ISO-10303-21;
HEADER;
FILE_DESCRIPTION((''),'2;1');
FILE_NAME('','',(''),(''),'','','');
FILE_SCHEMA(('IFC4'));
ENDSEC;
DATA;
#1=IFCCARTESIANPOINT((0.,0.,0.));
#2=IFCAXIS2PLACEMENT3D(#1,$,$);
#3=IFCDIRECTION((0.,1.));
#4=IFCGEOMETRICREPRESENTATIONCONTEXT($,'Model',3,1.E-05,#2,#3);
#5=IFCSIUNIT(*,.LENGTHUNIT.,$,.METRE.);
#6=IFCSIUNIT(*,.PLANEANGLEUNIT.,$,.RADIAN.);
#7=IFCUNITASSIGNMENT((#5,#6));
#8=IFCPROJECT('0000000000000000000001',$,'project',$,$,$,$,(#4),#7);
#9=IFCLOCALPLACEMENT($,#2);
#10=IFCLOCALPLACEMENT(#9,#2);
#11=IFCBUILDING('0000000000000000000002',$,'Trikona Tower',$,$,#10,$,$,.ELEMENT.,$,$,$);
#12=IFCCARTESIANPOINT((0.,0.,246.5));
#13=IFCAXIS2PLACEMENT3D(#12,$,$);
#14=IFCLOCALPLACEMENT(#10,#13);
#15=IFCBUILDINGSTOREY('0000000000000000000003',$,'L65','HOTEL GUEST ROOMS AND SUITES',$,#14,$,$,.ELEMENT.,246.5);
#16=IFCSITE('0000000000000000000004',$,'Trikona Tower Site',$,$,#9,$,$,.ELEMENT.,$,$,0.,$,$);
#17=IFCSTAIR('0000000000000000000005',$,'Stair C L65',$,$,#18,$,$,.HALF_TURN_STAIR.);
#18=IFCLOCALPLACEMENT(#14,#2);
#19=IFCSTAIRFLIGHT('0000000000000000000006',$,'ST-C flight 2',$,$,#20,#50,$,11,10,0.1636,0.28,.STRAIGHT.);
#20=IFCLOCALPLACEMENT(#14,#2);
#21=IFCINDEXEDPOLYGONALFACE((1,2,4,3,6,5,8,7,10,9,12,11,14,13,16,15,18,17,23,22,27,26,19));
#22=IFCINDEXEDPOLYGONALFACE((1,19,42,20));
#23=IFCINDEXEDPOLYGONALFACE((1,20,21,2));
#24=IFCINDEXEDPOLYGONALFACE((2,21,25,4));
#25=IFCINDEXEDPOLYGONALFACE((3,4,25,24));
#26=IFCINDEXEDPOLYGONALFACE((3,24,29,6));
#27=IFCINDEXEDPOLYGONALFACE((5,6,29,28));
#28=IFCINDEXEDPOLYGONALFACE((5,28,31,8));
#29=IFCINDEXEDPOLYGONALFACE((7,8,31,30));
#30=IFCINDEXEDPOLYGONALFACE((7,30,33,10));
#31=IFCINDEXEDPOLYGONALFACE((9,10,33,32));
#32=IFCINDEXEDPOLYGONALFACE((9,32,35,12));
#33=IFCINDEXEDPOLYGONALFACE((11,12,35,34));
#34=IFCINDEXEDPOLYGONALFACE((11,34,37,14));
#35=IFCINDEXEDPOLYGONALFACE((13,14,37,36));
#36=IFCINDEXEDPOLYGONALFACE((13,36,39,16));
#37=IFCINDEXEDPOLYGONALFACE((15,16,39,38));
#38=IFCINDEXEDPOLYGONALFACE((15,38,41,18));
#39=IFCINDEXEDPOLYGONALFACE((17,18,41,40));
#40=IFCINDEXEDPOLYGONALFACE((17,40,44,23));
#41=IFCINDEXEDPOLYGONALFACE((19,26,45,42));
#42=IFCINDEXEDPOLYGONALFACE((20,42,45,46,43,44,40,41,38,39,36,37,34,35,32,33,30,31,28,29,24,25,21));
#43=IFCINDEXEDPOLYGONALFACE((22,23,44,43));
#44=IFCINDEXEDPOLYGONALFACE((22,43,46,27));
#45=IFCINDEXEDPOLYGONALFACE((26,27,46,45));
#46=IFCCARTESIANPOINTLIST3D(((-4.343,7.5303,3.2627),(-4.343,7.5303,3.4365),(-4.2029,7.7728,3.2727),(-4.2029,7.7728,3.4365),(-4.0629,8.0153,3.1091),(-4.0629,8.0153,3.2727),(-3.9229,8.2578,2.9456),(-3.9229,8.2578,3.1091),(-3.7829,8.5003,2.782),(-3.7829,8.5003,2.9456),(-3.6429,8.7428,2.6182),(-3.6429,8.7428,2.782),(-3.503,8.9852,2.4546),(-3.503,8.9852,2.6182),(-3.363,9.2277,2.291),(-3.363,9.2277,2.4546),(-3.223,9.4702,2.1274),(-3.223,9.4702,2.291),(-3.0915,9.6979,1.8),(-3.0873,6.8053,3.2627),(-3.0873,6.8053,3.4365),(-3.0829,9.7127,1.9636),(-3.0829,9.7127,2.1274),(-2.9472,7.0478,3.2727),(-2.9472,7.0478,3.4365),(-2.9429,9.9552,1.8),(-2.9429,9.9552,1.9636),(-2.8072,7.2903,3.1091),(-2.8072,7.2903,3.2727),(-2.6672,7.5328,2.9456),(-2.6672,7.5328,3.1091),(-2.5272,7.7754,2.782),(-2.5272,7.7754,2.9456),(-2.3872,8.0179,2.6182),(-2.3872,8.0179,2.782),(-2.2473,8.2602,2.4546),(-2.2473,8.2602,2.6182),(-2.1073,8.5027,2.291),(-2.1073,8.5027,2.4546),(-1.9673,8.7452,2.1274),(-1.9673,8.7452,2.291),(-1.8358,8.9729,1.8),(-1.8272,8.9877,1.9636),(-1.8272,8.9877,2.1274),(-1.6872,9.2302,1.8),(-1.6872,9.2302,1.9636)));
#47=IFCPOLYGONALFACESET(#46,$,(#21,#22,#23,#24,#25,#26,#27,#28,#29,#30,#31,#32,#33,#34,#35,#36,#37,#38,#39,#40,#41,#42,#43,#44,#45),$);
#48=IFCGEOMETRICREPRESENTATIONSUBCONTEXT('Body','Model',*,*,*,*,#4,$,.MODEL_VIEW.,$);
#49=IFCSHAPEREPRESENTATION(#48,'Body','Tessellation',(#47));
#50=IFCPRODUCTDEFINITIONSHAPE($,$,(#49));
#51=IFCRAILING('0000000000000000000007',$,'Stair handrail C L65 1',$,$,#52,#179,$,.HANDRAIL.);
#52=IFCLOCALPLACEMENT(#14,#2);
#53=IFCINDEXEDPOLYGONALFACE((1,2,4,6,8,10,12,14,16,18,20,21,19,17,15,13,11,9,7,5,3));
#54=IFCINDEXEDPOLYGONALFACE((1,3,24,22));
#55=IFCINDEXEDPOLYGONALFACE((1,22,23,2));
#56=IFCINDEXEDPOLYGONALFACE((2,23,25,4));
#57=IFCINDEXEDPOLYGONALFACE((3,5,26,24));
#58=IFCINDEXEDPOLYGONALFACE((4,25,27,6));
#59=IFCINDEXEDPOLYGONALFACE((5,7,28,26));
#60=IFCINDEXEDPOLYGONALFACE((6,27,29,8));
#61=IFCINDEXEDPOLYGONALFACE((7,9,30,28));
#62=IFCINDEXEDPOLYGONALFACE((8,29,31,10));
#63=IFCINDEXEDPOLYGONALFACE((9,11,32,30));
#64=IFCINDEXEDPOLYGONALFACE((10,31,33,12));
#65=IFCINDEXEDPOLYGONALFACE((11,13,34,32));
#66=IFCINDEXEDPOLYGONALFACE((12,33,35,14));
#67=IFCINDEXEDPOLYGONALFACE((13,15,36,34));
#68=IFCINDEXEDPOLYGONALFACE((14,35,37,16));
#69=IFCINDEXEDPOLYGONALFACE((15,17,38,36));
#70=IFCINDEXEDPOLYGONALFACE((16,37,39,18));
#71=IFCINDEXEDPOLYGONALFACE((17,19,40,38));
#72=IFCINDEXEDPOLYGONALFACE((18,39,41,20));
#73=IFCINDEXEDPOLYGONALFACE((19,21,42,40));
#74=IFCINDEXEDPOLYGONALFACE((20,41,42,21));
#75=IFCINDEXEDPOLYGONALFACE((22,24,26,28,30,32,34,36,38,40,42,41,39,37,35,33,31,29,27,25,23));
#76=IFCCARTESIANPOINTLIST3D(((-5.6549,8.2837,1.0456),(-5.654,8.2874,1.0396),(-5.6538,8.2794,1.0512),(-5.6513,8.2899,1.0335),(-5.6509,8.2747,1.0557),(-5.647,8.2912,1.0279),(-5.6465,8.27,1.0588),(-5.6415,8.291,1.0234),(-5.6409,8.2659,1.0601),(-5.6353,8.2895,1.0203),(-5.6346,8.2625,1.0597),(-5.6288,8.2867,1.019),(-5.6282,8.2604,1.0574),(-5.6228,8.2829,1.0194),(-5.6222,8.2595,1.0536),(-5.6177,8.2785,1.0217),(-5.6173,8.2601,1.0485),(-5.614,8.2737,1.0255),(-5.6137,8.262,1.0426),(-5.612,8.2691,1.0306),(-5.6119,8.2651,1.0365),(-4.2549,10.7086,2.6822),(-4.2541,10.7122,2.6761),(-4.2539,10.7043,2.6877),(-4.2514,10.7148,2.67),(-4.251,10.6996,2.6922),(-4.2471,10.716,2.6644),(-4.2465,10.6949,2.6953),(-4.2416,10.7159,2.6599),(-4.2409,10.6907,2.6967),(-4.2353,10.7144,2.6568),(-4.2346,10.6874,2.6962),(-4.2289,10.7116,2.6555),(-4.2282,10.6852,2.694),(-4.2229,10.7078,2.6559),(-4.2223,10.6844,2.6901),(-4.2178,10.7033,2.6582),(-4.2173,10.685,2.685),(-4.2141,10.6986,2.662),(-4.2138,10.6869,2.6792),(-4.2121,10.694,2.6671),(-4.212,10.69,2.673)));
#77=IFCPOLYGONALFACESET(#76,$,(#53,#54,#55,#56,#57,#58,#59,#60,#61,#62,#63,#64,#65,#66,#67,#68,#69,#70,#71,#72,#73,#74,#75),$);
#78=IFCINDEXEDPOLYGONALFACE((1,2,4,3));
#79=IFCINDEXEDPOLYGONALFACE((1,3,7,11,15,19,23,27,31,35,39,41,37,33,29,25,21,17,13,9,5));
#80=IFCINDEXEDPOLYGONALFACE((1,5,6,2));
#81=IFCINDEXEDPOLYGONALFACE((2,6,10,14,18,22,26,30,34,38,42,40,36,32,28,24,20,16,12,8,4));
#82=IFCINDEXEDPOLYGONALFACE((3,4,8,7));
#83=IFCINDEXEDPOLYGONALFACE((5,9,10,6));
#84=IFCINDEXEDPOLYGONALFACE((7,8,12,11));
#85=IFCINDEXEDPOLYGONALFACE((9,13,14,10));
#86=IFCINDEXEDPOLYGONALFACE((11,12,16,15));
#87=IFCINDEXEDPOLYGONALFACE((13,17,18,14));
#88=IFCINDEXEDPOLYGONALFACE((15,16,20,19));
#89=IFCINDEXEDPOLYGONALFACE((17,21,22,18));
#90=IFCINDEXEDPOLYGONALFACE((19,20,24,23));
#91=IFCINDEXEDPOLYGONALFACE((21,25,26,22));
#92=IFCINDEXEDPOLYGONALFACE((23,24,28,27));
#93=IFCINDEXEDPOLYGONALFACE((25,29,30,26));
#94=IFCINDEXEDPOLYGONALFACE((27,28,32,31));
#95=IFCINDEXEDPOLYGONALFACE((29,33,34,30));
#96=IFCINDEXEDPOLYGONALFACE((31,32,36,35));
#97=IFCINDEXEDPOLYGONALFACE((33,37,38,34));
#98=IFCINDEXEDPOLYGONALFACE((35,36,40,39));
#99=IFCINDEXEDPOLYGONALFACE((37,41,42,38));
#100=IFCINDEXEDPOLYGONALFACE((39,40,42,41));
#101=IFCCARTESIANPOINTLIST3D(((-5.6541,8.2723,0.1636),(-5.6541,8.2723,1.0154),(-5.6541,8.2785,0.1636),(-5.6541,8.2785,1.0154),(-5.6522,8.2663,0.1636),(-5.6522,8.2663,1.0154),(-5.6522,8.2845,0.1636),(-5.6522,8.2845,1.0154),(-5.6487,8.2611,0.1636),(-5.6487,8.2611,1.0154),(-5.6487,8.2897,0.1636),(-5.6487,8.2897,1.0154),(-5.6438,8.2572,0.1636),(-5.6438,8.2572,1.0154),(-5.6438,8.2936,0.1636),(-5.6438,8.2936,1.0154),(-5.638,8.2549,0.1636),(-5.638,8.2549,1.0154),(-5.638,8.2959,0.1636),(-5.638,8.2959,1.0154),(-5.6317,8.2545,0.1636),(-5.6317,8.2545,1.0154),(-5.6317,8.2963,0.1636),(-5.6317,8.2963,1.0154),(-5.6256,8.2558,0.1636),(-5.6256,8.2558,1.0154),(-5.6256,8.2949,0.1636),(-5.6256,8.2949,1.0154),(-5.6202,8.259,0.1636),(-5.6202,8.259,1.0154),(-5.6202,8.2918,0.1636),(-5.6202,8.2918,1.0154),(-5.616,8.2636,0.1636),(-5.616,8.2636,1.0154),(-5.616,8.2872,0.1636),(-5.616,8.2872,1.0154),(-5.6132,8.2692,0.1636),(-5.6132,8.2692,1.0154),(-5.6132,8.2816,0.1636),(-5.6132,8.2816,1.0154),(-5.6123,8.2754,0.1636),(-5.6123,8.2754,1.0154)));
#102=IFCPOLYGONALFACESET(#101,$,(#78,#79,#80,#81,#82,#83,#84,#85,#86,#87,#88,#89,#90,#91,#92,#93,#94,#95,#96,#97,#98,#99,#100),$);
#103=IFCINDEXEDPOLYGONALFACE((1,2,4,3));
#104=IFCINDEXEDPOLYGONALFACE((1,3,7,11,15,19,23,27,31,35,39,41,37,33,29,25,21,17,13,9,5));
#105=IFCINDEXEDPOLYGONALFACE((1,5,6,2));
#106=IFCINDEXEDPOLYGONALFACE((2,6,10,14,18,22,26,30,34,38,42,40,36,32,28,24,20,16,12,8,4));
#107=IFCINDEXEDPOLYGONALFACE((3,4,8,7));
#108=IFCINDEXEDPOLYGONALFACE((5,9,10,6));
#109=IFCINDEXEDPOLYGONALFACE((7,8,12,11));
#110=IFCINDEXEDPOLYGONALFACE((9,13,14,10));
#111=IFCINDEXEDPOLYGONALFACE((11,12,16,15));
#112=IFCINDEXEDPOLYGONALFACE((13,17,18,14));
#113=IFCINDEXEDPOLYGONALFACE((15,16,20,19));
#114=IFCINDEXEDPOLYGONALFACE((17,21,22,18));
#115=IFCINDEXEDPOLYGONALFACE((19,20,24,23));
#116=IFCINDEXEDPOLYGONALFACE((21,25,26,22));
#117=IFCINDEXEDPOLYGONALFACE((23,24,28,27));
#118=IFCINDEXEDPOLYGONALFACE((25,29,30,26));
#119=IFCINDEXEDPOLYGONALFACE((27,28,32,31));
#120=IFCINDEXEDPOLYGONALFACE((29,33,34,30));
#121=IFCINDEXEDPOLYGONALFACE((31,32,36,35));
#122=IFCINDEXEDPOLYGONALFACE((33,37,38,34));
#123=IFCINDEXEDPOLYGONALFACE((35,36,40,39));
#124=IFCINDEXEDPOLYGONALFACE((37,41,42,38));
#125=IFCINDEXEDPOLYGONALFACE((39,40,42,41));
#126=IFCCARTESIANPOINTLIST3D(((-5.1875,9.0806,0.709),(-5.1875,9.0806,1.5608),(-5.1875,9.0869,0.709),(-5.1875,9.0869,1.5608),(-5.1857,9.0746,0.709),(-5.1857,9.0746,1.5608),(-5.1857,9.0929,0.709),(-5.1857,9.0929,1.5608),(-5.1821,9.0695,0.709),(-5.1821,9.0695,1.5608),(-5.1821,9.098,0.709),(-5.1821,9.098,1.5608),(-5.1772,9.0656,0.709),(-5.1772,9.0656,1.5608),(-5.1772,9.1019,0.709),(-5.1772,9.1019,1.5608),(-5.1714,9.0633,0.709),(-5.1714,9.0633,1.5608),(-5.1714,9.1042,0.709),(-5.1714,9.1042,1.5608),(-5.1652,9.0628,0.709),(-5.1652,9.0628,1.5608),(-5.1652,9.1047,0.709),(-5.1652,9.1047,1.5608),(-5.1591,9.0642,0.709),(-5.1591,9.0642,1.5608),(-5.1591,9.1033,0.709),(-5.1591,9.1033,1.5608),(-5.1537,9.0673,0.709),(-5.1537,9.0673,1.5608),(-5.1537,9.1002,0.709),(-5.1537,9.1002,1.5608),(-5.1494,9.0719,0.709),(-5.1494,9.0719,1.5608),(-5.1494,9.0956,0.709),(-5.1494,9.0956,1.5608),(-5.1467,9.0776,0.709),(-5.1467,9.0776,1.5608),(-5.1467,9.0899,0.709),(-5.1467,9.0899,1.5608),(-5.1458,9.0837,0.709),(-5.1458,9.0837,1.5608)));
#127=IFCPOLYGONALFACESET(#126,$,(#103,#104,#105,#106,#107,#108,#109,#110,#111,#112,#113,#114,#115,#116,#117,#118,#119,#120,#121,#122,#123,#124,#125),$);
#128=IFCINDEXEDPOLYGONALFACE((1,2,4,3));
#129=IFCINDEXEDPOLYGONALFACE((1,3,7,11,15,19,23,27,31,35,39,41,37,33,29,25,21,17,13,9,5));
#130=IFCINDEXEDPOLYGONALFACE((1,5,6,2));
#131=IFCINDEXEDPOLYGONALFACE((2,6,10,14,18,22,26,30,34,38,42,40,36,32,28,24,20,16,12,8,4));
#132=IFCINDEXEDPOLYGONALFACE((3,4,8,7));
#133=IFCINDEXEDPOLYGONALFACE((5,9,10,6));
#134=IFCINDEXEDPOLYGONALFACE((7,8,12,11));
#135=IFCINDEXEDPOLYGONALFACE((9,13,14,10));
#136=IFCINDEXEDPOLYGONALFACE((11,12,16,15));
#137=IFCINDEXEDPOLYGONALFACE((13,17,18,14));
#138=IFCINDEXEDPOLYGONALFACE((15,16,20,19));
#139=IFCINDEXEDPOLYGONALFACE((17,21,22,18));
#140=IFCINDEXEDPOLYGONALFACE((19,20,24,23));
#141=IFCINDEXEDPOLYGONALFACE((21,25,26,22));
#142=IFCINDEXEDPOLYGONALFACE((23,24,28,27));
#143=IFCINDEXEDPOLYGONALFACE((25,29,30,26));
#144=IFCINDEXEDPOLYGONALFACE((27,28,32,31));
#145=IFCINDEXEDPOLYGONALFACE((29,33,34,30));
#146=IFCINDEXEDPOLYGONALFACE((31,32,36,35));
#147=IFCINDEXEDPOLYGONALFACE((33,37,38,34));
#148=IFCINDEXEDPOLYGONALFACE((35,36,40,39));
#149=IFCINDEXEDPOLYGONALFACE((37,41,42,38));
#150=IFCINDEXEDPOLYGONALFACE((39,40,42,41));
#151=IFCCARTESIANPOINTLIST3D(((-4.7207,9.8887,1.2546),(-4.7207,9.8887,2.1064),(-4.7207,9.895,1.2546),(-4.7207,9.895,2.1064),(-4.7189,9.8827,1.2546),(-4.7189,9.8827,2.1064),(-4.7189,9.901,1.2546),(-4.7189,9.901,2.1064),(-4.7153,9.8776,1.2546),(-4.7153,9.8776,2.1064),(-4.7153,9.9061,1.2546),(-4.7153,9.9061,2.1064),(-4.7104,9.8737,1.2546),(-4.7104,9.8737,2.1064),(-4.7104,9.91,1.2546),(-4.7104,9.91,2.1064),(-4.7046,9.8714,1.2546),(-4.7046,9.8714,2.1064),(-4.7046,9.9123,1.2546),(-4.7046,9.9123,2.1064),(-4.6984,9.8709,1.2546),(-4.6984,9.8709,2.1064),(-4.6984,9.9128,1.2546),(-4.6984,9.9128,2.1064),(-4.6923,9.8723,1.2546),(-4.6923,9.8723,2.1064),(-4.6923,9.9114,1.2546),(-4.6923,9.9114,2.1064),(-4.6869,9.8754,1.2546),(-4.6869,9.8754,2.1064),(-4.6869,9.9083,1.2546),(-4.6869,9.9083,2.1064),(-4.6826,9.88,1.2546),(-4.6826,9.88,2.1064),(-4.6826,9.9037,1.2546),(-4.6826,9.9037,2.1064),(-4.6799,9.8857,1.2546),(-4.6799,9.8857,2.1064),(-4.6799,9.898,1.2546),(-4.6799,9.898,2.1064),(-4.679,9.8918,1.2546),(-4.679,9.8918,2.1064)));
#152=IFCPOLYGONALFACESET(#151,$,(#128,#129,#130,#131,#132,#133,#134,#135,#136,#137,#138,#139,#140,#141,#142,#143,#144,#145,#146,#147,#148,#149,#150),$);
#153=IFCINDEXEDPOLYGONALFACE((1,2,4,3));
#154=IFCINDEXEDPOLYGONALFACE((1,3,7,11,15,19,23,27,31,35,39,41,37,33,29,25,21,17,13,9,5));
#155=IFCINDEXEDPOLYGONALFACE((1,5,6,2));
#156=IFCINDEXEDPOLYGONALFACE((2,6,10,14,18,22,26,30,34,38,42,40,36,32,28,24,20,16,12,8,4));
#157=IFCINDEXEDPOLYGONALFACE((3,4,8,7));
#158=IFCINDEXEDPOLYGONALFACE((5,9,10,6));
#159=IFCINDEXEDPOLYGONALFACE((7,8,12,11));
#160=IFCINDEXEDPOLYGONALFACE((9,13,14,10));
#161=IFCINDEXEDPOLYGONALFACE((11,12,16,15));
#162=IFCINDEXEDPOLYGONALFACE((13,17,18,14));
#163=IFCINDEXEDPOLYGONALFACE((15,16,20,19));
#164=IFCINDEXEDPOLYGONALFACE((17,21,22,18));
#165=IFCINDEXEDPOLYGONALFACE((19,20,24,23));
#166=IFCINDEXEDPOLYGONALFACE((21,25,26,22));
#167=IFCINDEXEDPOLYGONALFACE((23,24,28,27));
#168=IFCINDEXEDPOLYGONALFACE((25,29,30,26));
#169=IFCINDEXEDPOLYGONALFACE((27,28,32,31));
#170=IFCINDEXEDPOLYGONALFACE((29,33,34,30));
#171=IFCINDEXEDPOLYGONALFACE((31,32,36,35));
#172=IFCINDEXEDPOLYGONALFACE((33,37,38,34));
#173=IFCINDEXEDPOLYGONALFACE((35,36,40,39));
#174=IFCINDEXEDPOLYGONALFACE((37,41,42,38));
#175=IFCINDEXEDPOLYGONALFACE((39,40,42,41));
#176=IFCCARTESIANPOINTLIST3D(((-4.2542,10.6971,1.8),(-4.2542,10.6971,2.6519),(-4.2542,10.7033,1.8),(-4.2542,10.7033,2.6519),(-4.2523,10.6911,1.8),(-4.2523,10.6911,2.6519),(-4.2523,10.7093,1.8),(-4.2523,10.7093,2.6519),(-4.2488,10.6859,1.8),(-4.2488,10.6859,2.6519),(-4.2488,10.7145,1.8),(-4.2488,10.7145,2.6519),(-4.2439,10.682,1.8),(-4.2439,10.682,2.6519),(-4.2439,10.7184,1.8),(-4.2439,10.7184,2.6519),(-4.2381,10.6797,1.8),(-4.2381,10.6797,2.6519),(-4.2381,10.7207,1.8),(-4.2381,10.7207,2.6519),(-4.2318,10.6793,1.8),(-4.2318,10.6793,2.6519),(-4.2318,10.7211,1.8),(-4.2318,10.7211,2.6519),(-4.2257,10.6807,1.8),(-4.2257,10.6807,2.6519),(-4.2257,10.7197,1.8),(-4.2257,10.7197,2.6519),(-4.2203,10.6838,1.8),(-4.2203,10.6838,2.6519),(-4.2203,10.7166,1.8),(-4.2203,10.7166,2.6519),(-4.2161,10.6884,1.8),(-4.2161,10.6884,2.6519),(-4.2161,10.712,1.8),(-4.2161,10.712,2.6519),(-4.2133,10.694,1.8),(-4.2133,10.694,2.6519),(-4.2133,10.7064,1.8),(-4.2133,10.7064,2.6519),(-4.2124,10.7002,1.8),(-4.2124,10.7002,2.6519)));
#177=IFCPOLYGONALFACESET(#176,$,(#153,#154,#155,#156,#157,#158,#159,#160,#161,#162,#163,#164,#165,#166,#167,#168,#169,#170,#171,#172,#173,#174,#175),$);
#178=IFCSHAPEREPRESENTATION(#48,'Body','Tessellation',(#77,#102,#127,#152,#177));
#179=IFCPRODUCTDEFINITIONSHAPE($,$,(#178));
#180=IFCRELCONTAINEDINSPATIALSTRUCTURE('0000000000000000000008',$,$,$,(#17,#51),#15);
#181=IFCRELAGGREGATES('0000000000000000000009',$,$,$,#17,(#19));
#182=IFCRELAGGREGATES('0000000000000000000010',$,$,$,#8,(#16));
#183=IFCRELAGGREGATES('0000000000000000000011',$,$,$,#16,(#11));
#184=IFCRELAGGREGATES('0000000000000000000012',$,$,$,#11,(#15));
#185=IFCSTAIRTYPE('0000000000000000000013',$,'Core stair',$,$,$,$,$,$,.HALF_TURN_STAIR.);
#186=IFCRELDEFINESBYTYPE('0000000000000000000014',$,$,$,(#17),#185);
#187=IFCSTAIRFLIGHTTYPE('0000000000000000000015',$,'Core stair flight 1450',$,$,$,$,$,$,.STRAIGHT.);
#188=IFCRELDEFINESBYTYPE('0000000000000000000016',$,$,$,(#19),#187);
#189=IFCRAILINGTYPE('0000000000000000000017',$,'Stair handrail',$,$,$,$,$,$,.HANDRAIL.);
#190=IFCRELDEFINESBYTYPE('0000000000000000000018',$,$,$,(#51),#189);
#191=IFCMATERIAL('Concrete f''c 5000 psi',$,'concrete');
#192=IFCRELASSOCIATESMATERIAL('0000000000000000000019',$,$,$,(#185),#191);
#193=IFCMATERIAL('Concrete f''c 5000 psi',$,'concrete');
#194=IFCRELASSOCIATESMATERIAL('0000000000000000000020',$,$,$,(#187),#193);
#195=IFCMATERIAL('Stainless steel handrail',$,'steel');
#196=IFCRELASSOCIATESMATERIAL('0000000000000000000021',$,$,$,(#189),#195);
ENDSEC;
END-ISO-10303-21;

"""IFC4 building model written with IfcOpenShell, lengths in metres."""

from ifc_helpers import new_model, si_unit, direction, frame, origin, origin_2d, place, context, subcontext, project, spatial, polyline, circle, outline, extrude, material, type_object, element, aggregate, save


model = new_model("IFC4")

# Units and contexts
model_context = context("Model", 3, precision=1e-05, world=origin(), true_north=direction((0.0, 1.0)))
body_context = subcontext(model_context, "Body", "Model", "MODEL_VIEW")
ifc_project = project(units=[si_unit("LENGTHUNIT", "METRE"), si_unit("PLANEANGLEUNIT", "RADIAN")], contexts=[model_context])

# Site, building, storey
site_placement = place(None, origin())
site = spatial("IfcSite", under=ifc_project, at=site_placement, Name="Trikona Tower Site", CompositionType="ELEMENT", RefElevation=0.0)
building_placement = place(site_placement, origin())
building = spatial("IfcBuilding", under=site, at=building_placement, Name="Trikona Tower", CompositionType="ELEMENT")
storey_placement = place(building_placement, frame((0.0, 0.0, 246.5)))
storey = spatial("IfcBuildingStorey", under=building, at=storey_placement, Name="L65", Description="HOTEL GUEST ROOMS AND SUITES", CompositionType="ELEMENT", Elevation=246.5)

# Stair, stair flight
ifc_material_1 = material(Name="Concrete f'c 5000 psi", Category="concrete")
stair_type = type_object("IfcStairType", Name="Core stair", PredefinedType="HALF_TURN_STAIR", material=ifc_material_1)
stair_placement = place(storey_placement, origin())
stair = element("IfcStair", 1, at=stair_placement, inside=storey, type_object=stair_type, Name="Stair C L65", PredefinedType="HALF_TURN_STAIR")
ifc_material_2 = material(Name="Concrete f'c 5000 psi", Category="concrete")
stair_flight_type = type_object("IfcStairFlightType", Name="Core stair flight 1450", PredefinedType="STRAIGHT", material=ifc_material_2)
stair_flight_1_placement = place(storey_placement, frame((-2.3152, 9.5928, 1.8), z_axis=(0.0, 0.0, 1.0), x_axis=(-0.5, -0.866025, 0.0)))
stair_flight_1 = element("IfcStairFlight", 2, at=stair_flight_1_placement, type_object=stair_flight_type, Name="ST-C flight 2", NumberOfRisers=11, NumberOfTreads=10, PredefinedType="STRAIGHT", RiserHeight=0.1636, TreadLength=0.28, context=body_context, shape_type="SweptSolid", body=[
    extrude(outline(polyline([(0.0, 0.0), (0.0, 0.1636), (0.28, 0.1636), (0.28, 0.3274), (0.5601, 0.3274), (0.5601, 0.491), (0.8401, 0.491), (0.8401, 0.6545), (1.1201, 0.6545), (1.1201, 0.8181), (1.3999, 0.8181), (1.3999, 0.9819), (1.6799, 0.9819), (1.6799, 1.1455), (1.96, 1.1455), (1.96, 1.3091), (2.24, 1.3091), (2.24, 1.4727), (2.52, 1.4727), (2.52, 1.6365), (2.8, 1.6365), (2.8, 1.8), (2.8, 1.4626), (0.2971, 0.0), (0.0, 0.0)])), frame((0.0, 0.7251, 0.0), z_axis=(0.0, -1.0, 0.0), x_axis=(1.0, 0.0, 0.0)), (0.0, 0.0, 1.0), 1.45),
])
aggregate(stair, [stair_flight_1])

# Railing
ifc_material_3 = material(Name="Stainless steel handrail", Category="steel")
railing_type = type_object("IfcRailingType", Name="Stair handrail", PredefinedType="HANDRAIL", material=ifc_material_3)
railing_1_placement = place(storey_placement, frame((-5.6333, 8.2754, 0.1636)))
element("IfcRailing", 3, at=railing_1_placement, inside=storey, type_object=railing_type, Name="Stair handrail C L65 1", PredefinedType="HANDRAIL", context=body_context, shape_type="SweptSolid", body=[
    extrude(circle(Radius=0.0239, at=origin_2d()), frame((0.0, 0.0, 0.876), z_axis=(0.431661, 0.74769, 0.504608), x_axis=(-0.866035, 0.499984, 0.0)), (0.0, 0.0, 1.0), 3.2432),
    extrude(circle(Radius=0.021, at=origin_2d()), origin(), (0.0, 0.0, 1.0), 0.8518),
    extrude(circle(Radius=0.021, at=origin_2d()), frame((0.4666, 0.8083, 0.5454)), (0.0, 0.0, 1.0), 0.8518),
    extrude(circle(Radius=0.021, at=origin_2d()), frame((0.9333, 1.6165, 1.0911)), (0.0, 0.0, 1.0), 0.8518),
    extrude(circle(Radius=0.021, at=origin_2d()), frame((1.3999, 2.4248, 1.6365)), (0.0, 0.0, 1.0), 0.8518),
])

save(model, "model.ifc")
